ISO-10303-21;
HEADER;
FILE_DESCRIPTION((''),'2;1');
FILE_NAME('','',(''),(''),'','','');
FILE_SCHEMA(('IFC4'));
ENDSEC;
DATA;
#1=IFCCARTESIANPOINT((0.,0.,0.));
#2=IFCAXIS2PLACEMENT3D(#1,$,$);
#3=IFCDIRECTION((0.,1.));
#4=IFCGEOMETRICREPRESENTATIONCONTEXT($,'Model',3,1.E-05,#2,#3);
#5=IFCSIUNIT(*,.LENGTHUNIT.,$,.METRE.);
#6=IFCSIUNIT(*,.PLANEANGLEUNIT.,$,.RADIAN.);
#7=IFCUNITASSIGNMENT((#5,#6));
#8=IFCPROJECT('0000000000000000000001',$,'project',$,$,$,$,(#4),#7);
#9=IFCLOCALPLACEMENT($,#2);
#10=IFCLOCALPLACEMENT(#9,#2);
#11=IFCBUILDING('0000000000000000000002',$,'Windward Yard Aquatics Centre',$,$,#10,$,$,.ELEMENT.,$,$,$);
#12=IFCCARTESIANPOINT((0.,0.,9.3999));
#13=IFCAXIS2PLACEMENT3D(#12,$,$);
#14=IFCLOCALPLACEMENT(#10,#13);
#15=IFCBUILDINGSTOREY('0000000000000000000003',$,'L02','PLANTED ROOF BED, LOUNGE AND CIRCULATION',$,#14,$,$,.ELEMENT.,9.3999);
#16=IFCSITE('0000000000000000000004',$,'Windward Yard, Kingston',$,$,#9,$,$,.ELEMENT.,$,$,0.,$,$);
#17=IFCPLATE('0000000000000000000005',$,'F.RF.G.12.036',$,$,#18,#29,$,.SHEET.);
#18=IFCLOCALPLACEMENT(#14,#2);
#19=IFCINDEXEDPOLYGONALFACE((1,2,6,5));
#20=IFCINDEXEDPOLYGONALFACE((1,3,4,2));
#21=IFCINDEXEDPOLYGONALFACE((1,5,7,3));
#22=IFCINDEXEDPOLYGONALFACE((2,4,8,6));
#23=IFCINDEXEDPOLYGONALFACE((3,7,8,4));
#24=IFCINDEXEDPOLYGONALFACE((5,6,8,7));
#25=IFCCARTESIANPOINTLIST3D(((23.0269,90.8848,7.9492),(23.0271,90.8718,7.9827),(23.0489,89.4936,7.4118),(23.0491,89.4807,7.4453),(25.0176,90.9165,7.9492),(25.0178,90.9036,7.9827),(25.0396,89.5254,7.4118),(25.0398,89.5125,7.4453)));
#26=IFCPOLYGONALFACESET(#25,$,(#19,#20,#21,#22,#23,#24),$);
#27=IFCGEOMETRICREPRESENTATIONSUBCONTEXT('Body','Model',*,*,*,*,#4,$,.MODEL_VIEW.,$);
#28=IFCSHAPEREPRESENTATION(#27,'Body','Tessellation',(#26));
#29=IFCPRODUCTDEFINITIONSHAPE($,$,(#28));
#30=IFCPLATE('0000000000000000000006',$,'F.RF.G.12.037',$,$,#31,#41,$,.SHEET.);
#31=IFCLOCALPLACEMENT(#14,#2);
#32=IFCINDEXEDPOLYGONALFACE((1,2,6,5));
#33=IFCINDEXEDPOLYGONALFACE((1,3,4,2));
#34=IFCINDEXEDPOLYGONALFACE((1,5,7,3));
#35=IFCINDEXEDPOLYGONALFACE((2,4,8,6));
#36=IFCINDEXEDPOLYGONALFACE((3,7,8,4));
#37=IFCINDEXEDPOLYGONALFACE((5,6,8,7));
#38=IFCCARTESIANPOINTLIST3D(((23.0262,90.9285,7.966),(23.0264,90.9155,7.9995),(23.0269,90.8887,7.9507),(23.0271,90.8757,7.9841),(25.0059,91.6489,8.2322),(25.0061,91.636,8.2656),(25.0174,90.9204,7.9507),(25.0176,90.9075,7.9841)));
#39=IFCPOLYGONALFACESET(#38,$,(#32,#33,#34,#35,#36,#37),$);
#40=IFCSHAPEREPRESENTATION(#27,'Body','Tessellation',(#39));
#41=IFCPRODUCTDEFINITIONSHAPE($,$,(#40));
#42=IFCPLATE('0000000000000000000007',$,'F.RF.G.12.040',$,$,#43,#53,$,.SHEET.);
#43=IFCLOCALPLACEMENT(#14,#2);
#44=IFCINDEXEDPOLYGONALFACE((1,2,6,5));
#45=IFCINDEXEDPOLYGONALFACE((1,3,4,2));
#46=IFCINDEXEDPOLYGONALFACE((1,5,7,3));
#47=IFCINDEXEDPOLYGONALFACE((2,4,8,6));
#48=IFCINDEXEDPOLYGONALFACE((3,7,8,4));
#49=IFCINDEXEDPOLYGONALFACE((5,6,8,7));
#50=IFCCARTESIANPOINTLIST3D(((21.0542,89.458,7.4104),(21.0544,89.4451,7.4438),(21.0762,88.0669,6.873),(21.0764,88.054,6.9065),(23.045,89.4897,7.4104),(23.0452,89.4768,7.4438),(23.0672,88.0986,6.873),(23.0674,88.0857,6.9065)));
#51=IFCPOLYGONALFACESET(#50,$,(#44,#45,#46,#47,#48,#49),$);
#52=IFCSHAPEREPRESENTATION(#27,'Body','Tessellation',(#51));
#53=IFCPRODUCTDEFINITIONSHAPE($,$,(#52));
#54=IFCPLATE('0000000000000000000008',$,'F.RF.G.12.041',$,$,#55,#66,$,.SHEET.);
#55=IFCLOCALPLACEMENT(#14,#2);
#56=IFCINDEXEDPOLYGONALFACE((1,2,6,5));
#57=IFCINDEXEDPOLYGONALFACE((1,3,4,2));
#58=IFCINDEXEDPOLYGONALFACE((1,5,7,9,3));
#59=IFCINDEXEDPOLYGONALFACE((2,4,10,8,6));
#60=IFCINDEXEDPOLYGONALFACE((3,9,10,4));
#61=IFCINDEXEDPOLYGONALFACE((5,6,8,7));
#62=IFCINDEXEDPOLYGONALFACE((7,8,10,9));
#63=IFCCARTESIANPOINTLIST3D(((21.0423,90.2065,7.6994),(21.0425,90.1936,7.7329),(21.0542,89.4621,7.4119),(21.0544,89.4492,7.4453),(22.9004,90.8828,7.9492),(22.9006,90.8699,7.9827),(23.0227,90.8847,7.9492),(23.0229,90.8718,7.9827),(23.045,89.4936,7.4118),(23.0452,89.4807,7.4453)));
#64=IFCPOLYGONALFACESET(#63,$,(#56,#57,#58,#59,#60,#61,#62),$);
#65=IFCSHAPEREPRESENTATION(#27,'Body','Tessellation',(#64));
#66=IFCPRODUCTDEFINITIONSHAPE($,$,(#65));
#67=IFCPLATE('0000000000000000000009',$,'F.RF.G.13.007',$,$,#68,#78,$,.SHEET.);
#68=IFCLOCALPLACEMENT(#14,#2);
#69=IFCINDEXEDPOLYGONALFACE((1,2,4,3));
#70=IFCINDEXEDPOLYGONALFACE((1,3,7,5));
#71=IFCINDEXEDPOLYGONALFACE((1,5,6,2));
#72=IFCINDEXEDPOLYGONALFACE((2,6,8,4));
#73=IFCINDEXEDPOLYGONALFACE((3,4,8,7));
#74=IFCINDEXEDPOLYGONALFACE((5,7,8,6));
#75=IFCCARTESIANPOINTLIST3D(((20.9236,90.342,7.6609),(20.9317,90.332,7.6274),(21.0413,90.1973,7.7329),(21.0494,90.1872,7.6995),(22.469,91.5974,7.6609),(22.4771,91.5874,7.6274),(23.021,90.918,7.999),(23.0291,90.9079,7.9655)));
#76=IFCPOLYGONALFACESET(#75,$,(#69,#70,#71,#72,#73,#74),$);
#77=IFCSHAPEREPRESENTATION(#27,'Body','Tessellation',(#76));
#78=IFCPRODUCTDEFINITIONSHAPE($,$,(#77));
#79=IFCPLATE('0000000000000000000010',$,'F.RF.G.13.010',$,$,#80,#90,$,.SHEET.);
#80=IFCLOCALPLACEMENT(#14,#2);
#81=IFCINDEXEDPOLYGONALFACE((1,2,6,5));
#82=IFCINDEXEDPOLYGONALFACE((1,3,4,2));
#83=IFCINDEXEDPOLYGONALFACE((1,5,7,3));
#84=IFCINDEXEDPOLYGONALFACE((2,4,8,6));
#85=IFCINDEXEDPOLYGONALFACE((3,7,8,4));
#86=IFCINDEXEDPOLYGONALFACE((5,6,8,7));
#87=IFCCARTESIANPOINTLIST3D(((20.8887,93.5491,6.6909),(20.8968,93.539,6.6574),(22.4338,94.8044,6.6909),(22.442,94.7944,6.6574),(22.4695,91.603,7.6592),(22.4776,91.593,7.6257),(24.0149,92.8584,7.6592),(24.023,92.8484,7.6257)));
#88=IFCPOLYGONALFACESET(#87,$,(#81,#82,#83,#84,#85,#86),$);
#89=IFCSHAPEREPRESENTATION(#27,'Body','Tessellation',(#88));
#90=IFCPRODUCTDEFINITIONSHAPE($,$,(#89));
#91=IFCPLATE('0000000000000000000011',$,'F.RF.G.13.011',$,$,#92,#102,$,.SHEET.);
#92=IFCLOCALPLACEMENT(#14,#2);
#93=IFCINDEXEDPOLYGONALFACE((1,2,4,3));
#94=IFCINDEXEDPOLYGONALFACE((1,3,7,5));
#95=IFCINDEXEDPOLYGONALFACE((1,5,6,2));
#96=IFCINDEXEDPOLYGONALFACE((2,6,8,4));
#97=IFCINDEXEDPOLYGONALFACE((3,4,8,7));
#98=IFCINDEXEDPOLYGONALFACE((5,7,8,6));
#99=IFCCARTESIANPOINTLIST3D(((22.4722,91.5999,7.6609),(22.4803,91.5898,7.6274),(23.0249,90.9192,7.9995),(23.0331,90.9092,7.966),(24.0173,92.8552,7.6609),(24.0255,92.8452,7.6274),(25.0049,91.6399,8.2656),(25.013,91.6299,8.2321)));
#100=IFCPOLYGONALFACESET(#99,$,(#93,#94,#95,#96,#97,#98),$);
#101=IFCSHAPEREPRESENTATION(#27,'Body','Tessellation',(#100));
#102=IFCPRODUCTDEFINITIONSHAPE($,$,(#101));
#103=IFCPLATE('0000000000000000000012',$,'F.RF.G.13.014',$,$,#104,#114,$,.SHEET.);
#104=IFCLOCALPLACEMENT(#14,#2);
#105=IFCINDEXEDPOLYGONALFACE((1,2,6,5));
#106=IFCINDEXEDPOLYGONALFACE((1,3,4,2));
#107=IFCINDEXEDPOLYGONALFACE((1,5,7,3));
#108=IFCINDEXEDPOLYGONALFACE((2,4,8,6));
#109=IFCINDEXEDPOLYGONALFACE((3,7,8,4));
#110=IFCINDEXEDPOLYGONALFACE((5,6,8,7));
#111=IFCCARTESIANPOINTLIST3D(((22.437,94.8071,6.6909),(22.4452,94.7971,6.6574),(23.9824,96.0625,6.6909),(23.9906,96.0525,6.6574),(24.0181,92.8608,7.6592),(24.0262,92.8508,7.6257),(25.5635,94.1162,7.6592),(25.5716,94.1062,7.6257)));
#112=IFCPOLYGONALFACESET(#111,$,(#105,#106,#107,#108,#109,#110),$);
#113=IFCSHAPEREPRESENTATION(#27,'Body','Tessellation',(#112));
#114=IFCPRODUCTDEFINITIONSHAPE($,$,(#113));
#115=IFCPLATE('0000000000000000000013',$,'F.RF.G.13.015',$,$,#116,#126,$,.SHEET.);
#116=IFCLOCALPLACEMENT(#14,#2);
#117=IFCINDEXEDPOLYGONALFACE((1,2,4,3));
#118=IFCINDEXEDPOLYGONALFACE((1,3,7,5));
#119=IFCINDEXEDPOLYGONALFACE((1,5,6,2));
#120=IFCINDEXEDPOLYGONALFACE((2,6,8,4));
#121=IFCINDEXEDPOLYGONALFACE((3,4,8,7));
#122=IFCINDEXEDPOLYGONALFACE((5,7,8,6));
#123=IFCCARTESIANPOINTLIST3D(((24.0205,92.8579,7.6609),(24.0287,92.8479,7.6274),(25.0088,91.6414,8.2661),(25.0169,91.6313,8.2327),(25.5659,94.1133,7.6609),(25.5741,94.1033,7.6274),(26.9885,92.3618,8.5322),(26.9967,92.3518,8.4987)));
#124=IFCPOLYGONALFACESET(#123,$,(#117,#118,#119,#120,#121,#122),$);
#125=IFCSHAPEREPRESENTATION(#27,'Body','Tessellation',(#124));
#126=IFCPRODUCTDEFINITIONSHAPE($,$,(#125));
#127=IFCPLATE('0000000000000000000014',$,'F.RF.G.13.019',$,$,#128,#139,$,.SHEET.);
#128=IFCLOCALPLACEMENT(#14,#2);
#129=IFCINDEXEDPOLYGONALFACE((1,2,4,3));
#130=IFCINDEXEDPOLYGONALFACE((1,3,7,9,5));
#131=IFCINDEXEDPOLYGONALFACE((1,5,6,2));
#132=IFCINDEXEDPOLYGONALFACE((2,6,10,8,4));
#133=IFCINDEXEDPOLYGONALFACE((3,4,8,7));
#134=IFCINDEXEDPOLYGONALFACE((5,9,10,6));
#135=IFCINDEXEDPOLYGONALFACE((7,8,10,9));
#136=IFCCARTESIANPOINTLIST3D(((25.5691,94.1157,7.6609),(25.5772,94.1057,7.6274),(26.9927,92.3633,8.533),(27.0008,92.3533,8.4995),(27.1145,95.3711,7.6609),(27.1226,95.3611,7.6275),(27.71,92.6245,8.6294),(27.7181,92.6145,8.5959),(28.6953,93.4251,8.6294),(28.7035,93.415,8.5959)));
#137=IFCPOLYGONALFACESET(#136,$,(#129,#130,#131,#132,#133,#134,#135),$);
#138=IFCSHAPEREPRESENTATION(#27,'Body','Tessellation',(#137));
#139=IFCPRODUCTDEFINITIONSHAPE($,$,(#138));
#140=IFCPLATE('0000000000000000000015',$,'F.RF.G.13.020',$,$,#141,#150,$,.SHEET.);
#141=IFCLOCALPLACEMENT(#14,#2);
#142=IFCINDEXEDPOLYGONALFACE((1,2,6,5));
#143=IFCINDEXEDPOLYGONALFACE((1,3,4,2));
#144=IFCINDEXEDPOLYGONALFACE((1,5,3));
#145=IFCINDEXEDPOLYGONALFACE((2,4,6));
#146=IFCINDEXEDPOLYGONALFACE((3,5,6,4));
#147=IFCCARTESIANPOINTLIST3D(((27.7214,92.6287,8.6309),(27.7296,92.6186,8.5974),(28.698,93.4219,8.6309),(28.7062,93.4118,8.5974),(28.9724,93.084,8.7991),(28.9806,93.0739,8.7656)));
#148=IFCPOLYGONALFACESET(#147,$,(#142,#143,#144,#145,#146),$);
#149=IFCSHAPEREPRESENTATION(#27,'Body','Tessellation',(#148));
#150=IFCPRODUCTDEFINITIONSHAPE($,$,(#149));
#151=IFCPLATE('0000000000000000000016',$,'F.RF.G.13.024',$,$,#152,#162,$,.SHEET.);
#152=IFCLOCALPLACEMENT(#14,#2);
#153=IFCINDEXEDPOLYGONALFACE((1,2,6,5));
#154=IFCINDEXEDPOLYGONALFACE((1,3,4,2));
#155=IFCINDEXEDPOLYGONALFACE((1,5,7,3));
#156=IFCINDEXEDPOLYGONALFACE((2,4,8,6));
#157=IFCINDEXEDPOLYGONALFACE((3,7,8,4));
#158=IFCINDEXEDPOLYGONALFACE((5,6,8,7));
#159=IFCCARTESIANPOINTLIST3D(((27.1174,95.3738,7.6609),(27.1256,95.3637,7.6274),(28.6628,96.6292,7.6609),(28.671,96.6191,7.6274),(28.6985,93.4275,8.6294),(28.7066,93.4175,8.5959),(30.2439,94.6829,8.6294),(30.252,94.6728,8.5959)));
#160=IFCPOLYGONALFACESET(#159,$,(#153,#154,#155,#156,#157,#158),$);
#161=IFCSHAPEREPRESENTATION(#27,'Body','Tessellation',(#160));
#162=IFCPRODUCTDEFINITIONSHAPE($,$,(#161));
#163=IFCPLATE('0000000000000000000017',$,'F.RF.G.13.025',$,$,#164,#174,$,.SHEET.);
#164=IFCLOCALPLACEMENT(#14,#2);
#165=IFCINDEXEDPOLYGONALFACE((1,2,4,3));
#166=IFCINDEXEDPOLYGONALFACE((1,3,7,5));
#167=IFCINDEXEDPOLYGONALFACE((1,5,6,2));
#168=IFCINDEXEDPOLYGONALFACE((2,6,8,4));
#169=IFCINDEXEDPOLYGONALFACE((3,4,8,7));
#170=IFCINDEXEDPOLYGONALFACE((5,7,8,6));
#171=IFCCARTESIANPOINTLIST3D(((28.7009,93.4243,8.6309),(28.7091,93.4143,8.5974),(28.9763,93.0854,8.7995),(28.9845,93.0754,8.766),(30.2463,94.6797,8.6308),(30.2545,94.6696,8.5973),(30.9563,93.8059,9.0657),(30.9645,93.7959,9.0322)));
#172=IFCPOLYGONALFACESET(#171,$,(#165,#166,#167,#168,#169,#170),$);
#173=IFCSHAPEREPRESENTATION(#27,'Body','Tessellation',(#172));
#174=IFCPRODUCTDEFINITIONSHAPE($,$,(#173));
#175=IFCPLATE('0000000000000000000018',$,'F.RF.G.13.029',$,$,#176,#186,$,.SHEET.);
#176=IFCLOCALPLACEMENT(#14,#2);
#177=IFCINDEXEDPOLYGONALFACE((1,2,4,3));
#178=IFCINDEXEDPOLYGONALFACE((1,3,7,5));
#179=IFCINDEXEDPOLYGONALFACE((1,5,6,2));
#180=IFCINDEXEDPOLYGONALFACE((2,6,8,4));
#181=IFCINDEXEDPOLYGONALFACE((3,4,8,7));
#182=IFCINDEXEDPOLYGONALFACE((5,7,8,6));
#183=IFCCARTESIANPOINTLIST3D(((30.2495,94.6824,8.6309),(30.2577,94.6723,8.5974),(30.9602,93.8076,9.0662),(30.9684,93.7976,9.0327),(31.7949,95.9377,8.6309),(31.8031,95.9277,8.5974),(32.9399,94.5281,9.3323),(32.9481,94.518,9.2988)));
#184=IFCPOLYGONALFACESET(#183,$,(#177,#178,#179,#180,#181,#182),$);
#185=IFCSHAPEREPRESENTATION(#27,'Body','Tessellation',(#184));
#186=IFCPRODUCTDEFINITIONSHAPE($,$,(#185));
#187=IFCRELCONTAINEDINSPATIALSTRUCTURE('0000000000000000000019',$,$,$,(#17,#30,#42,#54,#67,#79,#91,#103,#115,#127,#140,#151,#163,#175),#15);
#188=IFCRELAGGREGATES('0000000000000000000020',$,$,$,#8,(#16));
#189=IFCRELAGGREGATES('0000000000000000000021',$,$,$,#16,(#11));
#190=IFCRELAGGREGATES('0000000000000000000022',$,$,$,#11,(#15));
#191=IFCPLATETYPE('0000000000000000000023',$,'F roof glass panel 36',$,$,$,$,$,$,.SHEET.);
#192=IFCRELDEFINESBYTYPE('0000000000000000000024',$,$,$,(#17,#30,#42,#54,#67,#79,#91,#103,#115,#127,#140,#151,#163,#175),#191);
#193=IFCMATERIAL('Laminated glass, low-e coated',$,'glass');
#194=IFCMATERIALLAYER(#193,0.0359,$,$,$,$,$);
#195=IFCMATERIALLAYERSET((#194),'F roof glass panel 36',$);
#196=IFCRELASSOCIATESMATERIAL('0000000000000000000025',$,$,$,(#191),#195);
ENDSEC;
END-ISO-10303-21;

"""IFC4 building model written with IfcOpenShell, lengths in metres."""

from ifc_helpers import new_model, si_unit, direction, frame, origin, place, context, subcontext, project, spatial, polyline, outline, extrude, material, layer, layer_set, type_object, element, save


model = new_model("IFC4")

# Units and contexts
model_context = context("Model", 3, precision=1e-05, world=origin(), true_north=direction((0.0, 1.0)))
body_context = subcontext(model_context, "Body", "Model", "MODEL_VIEW")
ifc_project = project(units=[si_unit("LENGTHUNIT", "METRE"), si_unit("PLANEANGLEUNIT", "RADIAN")], contexts=[model_context])

# Site, building, storey
site_placement = place(None, origin())
site = spatial("IfcSite", under=ifc_project, at=site_placement, Name="Windward Yard, Kingston", CompositionType="ELEMENT", RefElevation=0.0)
building_placement = place(site_placement, origin())
building = spatial("IfcBuilding", under=site, at=building_placement, Name="Windward Yard Aquatics Centre", CompositionType="ELEMENT")
storey_placement = place(building_placement, frame((0.0, 0.0, 9.3999)))
storey = spatial("IfcBuildingStorey", under=building, at=storey_placement, Name="L02", Description="PLANTED ROOF BED, LOUNGE AND CIRCULATION", CompositionType="ELEMENT", Elevation=9.3999)

# Plates
ifc_material_1 = material(Name="Laminated glass, low-e coated", Category="glass")
ifc_layer_1 = layer(ifc_material_1, 0.0359)
ifc_layer_set_1 = layer_set([ifc_layer_1], Name="F roof glass panel 36")
plate_type = type_object("IfcPlateType", Name="F roof glass panel 36", PredefinedType="SHEET", material=ifc_layer_set_1)
plate_1_placement = place(storey_placement, frame((23.0271, 90.8718, 7.9827), z_axis=(0.005743, -0.360243, 0.932841), x_axis=(0.999873, 0.015941, 0.0)))
element("IfcPlate", 1, at=plate_1_placement, inside=storey, type_object=plate_type, Name="F.RF.G.12.036", PredefinedType="SHEET", context=body_context, shape_type="SweptSolid", body=[
    extrude(outline(polyline([(0.0, 0.0), (1.991, 0.0), (1.9908, -1.4915), (-0.0002, -1.4915), (0.0, 0.0)])), origin(), (0.0, 0.0, -1.0), 0.0359),
])
plate_2_placement = place(storey_placement, frame((23.0264, 90.9155, 7.9995), z_axis=(0.005747, -0.360343, 0.932802), x_axis=(0.932301, 0.339279, 0.12532)))
element("IfcPlate", 2, at=plate_2_placement, inside=storey, type_object=plate_type, Name="F.RF.G.12.037", PredefinedType="SHEET", context=body_context, shape_type="SweptSolid", body=[
    extrude(outline(polyline([(0.0, 0.0), (2.1235, 0.0), (1.8517, -0.7323), (-0.0147, -0.04), (0.0, 0.0)])), origin(), (0.0, 0.0, -1.0), 0.0359),
])
plate_3_placement = place(storey_placement, frame((21.0544, 89.4451, 7.4438), z_axis=(0.005743, -0.360243, 0.932841), x_axis=(0.999873, 0.015941, 0.0)))
element("IfcPlate", 3, at=plate_3_placement, inside=storey, type_object=plate_type, Name="F.RF.G.12.040", PredefinedType="SHEET", context=body_context, shape_type="SweptSolid", body=[
    extrude(outline(polyline([(0.0, 0.0), (1.991, 0.0), (1.991, -1.4915), (-0.0002, -1.4915), (0.0, 0.0)])), origin(), (0.0, 0.0, -1.0), 0.0359),
])
plate_4_placement = place(storey_placement, frame((21.0425, 90.1936, 7.7329), z_axis=(0.005718, -0.360266, 0.932832), x_axis=(0.932293, 0.339299, 0.125325)))
element("IfcPlate", 4, at=plate_4_placement, inside=storey, type_object=plate_type, Name="F.RF.G.12.041", PredefinedType="SHEET", context=body_context, shape_type="SweptSolid", body=[
    extrude(outline(polyline([(0.0, 0.0), (1.9931, 0.0), (2.1078, -0.0425), (1.5892, -1.4409), (-0.2775, -0.7483), (0.0, 0.0)])), origin(), (0.0, 0.0, -1.0), 0.0359),
])
plate_5_placement = place(storey_placement, frame((20.9236, 90.342, 7.6609), z_axis=(-0.227173, 0.279633, 0.932844), x_axis=(0.776178, 0.630514, 0.000015)))
element("IfcPlate", 5, at=plate_5_placement, inside=storey, type_object=plate_type, Name="F.RF.G.13.007", PredefinedType="SHEET", context=body_context, shape_type="SweptSolid", body=[
    extrude(outline(polyline([(0.0, 0.0), (1.991, 0.0), (1.9911, -0.9384), (0.0001, -0.2), (0.0, 0.0)])), origin(), (0.0, 0.0, -1.0), 0.0359),
])
plate_6_placement = place(storey_placement, frame((20.8887, 93.5491, 6.6909), z_axis=(-0.227152, 0.279611, 0.932856), x_axis=(0.776136, 0.630566, -0.000013)))
element("IfcPlate", 6, at=plate_6_placement, inside=storey, type_object=plate_type, Name="F.RF.G.13.010", PredefinedType="SHEET", context=body_context, shape_type="SweptSolid", body=[
    extrude(outline(polyline([(0.0, 0.0), (1.9909, 0.0), (1.9908, -2.6878), (-0.0002, -2.6877), (0.0, 0.0)])), origin(), (0.0, 0.0, -1.0), 0.0359),
])
plate_7_placement = place(storey_placement, frame((22.4722, 91.5999, 7.6609), z_axis=(-0.227158, 0.279605, 0.932856), x_axis=(0.776134, 0.630568, -0.000005)))
element("IfcPlate", 7, at=plate_7_placement, inside=storey, type_object=plate_type, Name="F.RF.G.13.011", PredefinedType="SHEET", context=body_context, shape_type="SweptSolid", body=[
    extrude(outline(polyline([(0.0, 0.0), (1.9909, 0.0), (1.991, -1.6787), (-0.0002, -0.9399), (0.0, 0.0)])), origin(), (0.0, 0.0, -1.0), 0.0359),
])
plate_8_placement = place(storey_placement, frame((22.437, 94.8071, 6.6909), z_axis=(-0.22712, 0.279594, 0.932868), x_axis=(0.776182, 0.63051, 0.0)))
element("IfcPlate", 8, at=plate_8_placement, inside=storey, type_object=plate_type, Name="F.RF.G.13.014", PredefinedType="SHEET", context=body_context, shape_type="SweptSolid", body=[
    extrude(outline(polyline([(0.0, 0.0), (1.991, 0.0), (1.9911, -2.688), (0.0, -2.688), (0.0, 0.0)])), origin(), (0.0, 0.0, -1.0), 0.0359),
])
plate_9_placement = place(storey_placement, frame((24.0205, 92.8579, 7.6609), z_axis=(-0.227133, 0.279594, 0.932865), x_axis=(0.776179, 0.630512, 0.000009)))
element("IfcPlate", 9, at=plate_9_placement, inside=storey, type_object=plate_type, Name="F.RF.G.13.015", PredefinedType="SHEET", context=body_context, shape_type="SweptSolid", body=[
    extrude(outline(polyline([(0.0, 0.0), (1.991, 0.0), (1.9909, -2.4188), (0.0, -1.6802), (0.0, 0.0)])), origin(), (0.0, 0.0, -1.0), 0.0359),
])
plate_10_placement = place(storey_placement, frame((25.5691, 94.1157, 7.6609), z_axis=(-0.227208, 0.279666, 0.932826), x_axis=(0.776176, 0.630516, 0.000021)))
element("IfcPlate", 10, at=plate_10_placement, inside=storey, type_object=plate_type, Name="F.RF.G.13.019", PredefinedType="SHEET", context=body_context, shape_type="SweptSolid", body=[
    extrude(outline(polyline([(0.0, 0.0), (1.991, 0.0), (1.991, -2.6878), (0.7215, -2.6878), (0.0, -2.4204), (0.0, 0.0)])), origin(), (0.0, 0.0, -1.0), 0.0359),
])
plate_11_placement = place(storey_placement, frame((27.7214, 92.6287, 8.6309), z_axis=(-0.227264, 0.279795, 0.932773), x_axis=(0.776209, 0.630476, 0.0)))
element("IfcPlate", 11, at=plate_11_placement, inside=storey, type_object=plate_type, Name="F.RF.G.13.020", PredefinedType="SHEET", context=body_context, shape_type="SweptSolid", body=[
    extrude(outline(polyline([(0.0, 0.0), (1.2581, 0.0), (1.2581, -0.4667), (0.0, 0.0)])), origin(), (0.0, 0.0, -1.0), 0.0359),
])
plate_12_placement = place(storey_placement, frame((27.1174, 95.3738, 7.6609), z_axis=(-0.22717, 0.279655, 0.932838), x_axis=(0.776182, 0.63051, 0.0)))
element("IfcPlate", 12, at=plate_12_placement, inside=storey, type_object=plate_type, Name="F.RF.G.13.024", PredefinedType="SHEET", context=body_context, shape_type="SweptSolid", body=[
    extrude(outline(polyline([(0.0, 0.0), (1.991, 0.0), (1.9911, -2.6881), (0.0, -2.6881), (0.0, 0.0)])), origin(), (0.0, 0.0, -1.0), 0.0359),
])
plate_13_placement = place(storey_placement, frame((28.7009, 93.4243, 8.6309), z_axis=(-0.227161, 0.279675, 0.932834), x_axis=(0.776186, 0.630504, -0.000019)))
element("IfcPlate", 13, at=plate_13_placement, inside=storey, type_object=plate_type, Name="F.RF.G.13.025", PredefinedType="SHEET", context=body_context, shape_type="SweptSolid", body=[
    extrude(outline(polyline([(0.0, 0.0), (1.991, 0.0), (1.9912, -1.2069), (0.0001, -0.4681), (0.0, 0.0)])), origin(), (0.0, 0.0, -1.0), 0.0359),
])
plate_14_placement = place(storey_placement, frame((30.2495, 94.6824, 8.6309), z_axis=(-0.227161, 0.279647, 0.932842), x_axis=(0.776182, 0.630509, -0.000002)))
element("IfcPlate", 14, at=plate_14_placement, inside=storey, type_object=plate_type, Name="F.RF.G.13.029", PredefinedType="SHEET", context=body_context, shape_type="SweptSolid", body=[
    extrude(outline(polyline([(0.0, 0.0), (1.991, 0.0), (1.991, -1.9468), (0.0001, -1.2082), (0.0, 0.0)])), origin(), (0.0, 0.0, -1.0), 0.0359),
])

save(model, "model.ifc")
